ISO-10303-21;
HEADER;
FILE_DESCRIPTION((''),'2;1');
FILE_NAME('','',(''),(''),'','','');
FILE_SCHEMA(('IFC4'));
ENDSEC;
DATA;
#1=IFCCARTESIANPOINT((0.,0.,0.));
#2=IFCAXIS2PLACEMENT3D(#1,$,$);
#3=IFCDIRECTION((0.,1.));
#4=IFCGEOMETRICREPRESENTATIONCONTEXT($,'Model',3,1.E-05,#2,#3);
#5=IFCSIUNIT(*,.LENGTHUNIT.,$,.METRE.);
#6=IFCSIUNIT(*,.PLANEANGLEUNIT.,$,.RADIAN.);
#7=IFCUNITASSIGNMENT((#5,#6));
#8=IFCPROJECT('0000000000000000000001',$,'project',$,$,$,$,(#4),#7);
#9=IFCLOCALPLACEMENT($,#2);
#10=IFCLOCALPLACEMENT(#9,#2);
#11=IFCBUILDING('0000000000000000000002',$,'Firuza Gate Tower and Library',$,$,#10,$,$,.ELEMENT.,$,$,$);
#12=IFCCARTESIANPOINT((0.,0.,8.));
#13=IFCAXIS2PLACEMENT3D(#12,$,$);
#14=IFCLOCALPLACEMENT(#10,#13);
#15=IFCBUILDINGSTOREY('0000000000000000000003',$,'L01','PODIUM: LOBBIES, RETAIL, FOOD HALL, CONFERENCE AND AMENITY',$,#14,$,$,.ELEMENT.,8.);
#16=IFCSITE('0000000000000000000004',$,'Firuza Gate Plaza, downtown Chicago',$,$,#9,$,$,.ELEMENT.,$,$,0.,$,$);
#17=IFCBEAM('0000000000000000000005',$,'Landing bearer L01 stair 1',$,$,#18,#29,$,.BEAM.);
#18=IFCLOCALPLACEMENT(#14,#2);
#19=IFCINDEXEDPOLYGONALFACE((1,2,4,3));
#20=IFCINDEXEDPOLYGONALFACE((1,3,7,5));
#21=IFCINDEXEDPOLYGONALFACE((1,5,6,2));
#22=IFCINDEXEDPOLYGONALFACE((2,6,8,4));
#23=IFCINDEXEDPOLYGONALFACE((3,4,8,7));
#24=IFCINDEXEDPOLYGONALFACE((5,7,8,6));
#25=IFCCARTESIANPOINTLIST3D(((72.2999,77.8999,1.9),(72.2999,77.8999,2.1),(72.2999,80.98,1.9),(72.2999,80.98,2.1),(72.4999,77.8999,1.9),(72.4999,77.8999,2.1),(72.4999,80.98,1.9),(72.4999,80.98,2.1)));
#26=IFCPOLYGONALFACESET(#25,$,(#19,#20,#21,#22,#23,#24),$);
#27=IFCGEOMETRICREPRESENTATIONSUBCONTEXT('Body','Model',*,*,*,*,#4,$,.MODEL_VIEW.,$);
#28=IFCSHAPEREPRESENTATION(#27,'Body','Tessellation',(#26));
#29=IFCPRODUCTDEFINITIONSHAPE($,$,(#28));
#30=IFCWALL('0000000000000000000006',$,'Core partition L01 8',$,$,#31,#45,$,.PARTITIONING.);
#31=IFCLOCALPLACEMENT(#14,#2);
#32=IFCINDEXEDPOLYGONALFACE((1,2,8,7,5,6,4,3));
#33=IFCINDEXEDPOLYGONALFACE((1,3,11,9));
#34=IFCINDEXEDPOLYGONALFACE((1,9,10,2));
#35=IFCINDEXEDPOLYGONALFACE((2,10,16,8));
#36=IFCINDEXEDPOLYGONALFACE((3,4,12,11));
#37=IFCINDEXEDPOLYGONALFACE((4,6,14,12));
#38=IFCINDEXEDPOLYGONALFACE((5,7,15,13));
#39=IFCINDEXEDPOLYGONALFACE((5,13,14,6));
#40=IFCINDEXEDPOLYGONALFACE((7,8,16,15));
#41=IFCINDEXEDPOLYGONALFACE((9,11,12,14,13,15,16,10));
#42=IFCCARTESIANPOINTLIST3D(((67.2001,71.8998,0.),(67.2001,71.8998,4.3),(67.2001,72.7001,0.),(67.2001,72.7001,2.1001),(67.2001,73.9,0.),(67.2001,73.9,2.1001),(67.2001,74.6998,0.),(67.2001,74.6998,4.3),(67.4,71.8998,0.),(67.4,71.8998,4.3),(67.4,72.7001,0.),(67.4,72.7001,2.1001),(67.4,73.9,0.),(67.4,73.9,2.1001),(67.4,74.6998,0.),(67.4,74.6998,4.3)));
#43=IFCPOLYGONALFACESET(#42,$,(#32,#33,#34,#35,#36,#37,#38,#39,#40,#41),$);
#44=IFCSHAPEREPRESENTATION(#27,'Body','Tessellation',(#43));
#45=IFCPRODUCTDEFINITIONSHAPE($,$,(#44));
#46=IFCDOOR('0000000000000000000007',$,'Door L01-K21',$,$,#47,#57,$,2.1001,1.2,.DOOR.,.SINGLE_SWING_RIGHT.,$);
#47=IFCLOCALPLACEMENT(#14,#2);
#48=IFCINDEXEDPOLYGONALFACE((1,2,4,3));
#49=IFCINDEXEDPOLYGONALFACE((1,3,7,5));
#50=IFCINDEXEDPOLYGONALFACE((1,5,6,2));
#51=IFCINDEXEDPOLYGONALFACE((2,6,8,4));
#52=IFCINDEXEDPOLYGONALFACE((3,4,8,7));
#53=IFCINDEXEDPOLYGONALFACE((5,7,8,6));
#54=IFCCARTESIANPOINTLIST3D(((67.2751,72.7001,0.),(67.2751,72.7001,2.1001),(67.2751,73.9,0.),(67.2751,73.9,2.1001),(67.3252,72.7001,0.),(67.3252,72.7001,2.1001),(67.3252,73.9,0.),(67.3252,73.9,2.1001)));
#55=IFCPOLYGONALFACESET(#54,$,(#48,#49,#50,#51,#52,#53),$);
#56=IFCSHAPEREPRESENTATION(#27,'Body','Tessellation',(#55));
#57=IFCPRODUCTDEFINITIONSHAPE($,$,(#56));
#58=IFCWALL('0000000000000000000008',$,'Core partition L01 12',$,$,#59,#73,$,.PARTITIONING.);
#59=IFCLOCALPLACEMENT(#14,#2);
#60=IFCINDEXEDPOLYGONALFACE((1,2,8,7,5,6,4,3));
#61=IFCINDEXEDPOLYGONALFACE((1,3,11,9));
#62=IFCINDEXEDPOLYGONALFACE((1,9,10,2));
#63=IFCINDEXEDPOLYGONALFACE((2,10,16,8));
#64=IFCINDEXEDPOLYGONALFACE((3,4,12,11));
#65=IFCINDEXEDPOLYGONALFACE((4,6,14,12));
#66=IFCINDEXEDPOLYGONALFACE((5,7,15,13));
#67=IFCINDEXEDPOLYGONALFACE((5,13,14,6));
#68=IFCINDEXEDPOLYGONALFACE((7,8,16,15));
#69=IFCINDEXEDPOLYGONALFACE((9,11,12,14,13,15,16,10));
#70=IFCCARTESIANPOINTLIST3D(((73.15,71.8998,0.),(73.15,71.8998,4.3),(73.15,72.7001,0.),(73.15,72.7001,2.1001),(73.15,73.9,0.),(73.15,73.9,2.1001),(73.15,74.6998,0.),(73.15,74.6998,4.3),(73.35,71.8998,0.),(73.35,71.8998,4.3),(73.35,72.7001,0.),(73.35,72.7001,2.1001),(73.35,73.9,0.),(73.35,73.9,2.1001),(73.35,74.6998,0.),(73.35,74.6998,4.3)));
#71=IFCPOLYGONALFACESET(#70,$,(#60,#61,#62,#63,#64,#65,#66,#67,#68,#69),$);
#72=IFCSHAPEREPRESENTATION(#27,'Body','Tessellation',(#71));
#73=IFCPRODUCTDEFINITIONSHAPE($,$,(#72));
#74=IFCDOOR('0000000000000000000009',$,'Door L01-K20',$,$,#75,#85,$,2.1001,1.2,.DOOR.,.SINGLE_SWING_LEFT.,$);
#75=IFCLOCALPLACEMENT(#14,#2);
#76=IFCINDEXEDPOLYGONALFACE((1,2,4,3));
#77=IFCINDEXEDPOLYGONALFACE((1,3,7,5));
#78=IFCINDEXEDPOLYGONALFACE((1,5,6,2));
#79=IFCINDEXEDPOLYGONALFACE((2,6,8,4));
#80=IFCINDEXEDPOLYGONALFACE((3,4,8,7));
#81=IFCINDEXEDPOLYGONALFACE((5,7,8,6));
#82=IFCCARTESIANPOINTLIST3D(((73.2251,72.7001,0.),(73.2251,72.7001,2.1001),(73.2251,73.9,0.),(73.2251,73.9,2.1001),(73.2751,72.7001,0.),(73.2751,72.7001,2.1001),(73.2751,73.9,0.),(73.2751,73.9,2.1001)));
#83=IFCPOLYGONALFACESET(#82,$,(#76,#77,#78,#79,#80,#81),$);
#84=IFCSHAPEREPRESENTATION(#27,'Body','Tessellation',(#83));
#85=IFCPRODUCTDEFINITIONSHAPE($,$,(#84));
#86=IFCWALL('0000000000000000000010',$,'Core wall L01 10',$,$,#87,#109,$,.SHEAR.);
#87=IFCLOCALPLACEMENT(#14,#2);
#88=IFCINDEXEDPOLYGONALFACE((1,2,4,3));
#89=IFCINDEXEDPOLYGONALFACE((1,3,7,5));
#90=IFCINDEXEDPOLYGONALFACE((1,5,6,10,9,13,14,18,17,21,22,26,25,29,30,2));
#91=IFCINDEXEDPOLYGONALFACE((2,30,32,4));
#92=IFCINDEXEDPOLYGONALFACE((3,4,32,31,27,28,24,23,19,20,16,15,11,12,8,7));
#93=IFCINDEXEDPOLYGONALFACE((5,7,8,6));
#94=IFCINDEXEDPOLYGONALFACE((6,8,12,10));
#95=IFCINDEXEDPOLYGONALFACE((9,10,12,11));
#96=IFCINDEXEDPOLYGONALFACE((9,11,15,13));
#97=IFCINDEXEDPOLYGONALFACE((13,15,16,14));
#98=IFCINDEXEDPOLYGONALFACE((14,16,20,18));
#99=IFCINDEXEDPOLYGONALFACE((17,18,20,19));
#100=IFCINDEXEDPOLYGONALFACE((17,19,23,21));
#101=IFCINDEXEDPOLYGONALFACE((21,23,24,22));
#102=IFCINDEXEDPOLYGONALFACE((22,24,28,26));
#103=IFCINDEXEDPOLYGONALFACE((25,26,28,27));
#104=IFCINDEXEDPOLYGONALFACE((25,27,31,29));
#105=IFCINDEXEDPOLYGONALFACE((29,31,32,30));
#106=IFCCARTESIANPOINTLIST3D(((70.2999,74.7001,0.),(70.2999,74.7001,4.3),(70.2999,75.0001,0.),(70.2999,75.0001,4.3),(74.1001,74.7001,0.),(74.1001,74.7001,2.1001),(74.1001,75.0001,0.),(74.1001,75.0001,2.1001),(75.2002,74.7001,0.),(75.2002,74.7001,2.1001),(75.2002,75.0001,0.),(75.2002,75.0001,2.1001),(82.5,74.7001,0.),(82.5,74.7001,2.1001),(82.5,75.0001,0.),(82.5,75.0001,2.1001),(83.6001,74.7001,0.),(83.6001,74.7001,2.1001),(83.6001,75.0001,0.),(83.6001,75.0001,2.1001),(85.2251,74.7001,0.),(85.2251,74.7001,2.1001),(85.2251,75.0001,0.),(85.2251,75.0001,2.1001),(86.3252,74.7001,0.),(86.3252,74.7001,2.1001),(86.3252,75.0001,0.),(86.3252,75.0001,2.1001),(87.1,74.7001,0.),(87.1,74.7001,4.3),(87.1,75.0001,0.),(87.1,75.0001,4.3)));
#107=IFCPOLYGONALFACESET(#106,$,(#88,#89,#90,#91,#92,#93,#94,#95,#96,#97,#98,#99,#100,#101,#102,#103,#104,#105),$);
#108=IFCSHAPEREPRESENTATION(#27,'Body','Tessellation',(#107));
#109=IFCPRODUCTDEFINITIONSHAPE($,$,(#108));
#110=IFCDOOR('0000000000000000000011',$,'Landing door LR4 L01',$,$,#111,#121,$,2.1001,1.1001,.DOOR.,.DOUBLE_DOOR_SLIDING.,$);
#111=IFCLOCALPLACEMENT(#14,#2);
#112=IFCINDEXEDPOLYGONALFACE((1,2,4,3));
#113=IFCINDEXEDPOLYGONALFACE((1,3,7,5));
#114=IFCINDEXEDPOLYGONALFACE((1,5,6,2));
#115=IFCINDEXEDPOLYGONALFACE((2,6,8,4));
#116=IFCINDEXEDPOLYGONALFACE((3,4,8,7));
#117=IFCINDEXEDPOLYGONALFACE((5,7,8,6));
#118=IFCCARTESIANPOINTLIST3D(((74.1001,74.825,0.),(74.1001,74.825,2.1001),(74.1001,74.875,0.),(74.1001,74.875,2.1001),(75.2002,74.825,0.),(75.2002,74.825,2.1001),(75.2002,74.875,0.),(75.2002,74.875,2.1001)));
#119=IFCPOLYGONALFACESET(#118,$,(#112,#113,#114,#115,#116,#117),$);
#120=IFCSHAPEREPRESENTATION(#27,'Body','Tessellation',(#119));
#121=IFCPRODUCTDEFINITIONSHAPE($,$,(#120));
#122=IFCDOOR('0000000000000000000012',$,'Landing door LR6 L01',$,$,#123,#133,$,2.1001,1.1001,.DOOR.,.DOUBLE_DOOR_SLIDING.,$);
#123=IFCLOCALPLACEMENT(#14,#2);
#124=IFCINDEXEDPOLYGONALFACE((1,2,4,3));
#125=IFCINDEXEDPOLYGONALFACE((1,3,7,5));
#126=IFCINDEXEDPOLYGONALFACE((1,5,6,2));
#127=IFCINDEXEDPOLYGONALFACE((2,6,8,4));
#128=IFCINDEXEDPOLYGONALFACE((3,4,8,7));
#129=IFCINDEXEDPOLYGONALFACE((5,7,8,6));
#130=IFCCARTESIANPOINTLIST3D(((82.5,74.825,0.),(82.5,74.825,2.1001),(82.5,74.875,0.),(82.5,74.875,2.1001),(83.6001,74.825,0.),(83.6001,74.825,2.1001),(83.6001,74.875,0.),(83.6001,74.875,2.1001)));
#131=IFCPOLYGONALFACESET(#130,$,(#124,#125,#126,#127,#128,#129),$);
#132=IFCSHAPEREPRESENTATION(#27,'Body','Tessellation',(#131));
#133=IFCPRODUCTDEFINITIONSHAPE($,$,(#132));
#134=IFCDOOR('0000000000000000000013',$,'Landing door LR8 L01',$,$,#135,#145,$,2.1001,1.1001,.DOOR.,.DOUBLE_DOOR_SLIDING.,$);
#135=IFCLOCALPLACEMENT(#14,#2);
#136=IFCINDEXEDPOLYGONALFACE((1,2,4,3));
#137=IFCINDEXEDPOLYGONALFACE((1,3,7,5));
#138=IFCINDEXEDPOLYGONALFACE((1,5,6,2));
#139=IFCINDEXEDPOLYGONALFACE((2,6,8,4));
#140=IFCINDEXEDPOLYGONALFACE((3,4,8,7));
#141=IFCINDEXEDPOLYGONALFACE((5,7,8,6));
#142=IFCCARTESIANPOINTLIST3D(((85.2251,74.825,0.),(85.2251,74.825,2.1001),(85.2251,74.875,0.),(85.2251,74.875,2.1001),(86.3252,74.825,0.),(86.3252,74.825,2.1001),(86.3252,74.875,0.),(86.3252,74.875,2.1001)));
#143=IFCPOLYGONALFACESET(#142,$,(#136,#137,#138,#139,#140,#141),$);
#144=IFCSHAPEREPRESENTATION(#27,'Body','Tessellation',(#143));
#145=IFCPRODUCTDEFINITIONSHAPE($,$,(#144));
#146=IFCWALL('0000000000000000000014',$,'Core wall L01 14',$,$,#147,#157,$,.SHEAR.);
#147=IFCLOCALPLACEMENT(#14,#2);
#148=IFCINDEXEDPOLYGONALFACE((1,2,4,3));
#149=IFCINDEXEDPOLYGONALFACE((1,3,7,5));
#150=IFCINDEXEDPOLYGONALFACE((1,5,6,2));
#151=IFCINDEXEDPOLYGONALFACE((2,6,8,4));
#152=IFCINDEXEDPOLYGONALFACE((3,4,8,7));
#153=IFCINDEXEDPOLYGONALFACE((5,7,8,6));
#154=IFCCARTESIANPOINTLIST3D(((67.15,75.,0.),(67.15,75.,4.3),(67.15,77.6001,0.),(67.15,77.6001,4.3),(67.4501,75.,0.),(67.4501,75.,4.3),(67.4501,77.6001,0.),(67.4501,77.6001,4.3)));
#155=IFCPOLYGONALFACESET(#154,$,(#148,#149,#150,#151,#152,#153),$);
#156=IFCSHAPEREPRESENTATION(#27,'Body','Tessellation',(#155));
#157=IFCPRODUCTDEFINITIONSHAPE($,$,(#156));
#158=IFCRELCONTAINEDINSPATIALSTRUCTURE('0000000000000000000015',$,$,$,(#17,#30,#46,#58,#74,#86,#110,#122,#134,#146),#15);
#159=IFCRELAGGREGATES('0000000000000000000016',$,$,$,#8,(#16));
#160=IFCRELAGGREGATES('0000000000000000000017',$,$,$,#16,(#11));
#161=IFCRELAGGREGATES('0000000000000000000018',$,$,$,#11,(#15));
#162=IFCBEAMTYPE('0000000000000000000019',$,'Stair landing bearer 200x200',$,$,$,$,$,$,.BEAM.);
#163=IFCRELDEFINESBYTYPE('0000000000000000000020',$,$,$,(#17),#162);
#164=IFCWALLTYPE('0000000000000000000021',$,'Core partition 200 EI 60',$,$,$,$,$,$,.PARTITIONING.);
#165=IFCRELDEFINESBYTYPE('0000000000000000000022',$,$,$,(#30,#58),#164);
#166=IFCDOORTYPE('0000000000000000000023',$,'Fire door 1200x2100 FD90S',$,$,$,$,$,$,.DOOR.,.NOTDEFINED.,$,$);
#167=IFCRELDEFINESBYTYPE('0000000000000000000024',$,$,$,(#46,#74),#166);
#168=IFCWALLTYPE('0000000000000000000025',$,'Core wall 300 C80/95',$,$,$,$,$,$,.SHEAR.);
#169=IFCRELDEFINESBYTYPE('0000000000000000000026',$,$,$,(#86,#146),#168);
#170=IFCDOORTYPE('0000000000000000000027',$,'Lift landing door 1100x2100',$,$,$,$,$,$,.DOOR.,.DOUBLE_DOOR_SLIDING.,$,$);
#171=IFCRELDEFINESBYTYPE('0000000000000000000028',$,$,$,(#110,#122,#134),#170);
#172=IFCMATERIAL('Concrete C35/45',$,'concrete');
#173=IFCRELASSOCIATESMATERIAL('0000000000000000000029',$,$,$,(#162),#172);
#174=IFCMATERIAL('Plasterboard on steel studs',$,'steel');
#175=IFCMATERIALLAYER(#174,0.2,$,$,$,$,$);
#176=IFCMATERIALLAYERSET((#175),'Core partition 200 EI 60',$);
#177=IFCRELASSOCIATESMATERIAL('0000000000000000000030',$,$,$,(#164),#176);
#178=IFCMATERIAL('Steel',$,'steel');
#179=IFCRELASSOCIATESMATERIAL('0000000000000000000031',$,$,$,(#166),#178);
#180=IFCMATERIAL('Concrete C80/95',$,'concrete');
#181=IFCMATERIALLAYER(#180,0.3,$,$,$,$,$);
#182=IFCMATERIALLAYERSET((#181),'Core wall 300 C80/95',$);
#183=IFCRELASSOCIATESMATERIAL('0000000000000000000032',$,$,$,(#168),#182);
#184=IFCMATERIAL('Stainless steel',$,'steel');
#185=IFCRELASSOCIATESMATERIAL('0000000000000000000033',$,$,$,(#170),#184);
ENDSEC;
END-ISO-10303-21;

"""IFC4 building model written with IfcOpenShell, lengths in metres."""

from ifc_helpers import new_model, si_unit, direction, frame, frame_2d, origin, origin_2d, place, context, subcontext, project, spatial, rectangle, extrude, material, layer, layer_set, material_profile, profile_set, type_object, element, fill, save


model = new_model("IFC4")

# Units and contexts
model_context = context("Model", 3, precision=1e-05, world=origin(), true_north=direction((0.0, 1.0)))
body_context = subcontext(model_context, "Body", "Model", "MODEL_VIEW")
ifc_project = project(units=[si_unit("LENGTHUNIT", "METRE"), si_unit("PLANEANGLEUNIT", "RADIAN")], contexts=[model_context])

# Site, building, storey
site_placement = place(None, origin())
site = spatial("IfcSite", under=ifc_project, at=site_placement, Name="Firuza Gate Plaza, downtown Chicago", CompositionType="ELEMENT", RefElevation=0.0)
building_placement = place(site_placement, origin())
building = spatial("IfcBuilding", under=site, at=building_placement, Name="Firuza Gate Tower and Library", CompositionType="ELEMENT")
storey_placement = place(building_placement, frame((0.0, 0.0, 8.0)))
storey = spatial("IfcBuildingStorey", under=building, at=storey_placement, Name="L01", Description="PODIUM: LOBBIES, RETAIL, FOOD HALL, CONFERENCE AND AMENITY", CompositionType="ELEMENT", Elevation=8.0)

# Beam
ifc_material_1 = material(Name="Concrete C35/45", Category="concrete")
ifc_material_profile = material_profile(ifc_material_1, rectangle(XDim=0.2, YDim=0.2, at=origin_2d()))
ifc_profile_set = profile_set([ifc_material_profile], Name="Concrete C35/45")
beam_type = type_object("IfcBeamType", Name="Stair landing bearer 200x200", PredefinedType="BEAM", material=ifc_profile_set)
beam_placement = place(storey_placement, frame((72.3999, 77.8999, 2.0), z_axis=(0.0, 1.0, 0.0), x_axis=(-1.0, 0.0, 0.0)))
element("IfcBeam", 1, at=beam_placement, inside=storey, type_object=beam_type, Name="Landing bearer L01 stair 1", PredefinedType="BEAM", context=body_context, shape_type="SweptSolid", body=[
    extrude(rectangle(XDim=0.2, YDim=0.2, at=origin_2d()), origin(), (0.0, 0.0, 1.0), 3.0801),
])

# Walls, openings, doors
ifc_material_2 = material(Name="Plasterboard on steel studs", Category="steel")
ifc_layer_1 = layer(ifc_material_2, 0.2)
ifc_layer_set_1 = layer_set([ifc_layer_1], Name="Core partition 200 EI 60")
wall_type_1 = type_object("IfcWallType", Name="Core partition 200 EI 60", PredefinedType="PARTITIONING", material=ifc_layer_set_1)
wall_1_placement = place(storey_placement, frame((67.3, 71.8999, 0.0), z_axis=(0.0, 0.0, 1.0), x_axis=(0.0, 1.0, 0.0)))
wall_1 = element("IfcWall", 2, at=wall_1_placement, inside=storey, type_object=wall_type_1, Name="Core partition L01 8", PredefinedType="PARTITIONING", context=body_context, shape_type="SweptSolid", body=[
    extrude(rectangle(XDim=2.8, YDim=0.2, at=frame_2d((1.3999, 0.0))), origin(), (0.0, 0.0, 1.0), 4.3),
])
opening_1_placement = place(wall_1_placement, frame((0.8, 0.0, 0.0)))
opening_1 = element("IfcOpeningElement", 3, at=opening_1_placement, cuts=wall_1, PredefinedType="OPENING", context=body_context, shape_type="SweptSolid", body=[
    extrude(rectangle(XDim=1.2, YDim=2.1001, at=frame_2d((0.6001, 1.05))), frame((0.0, 0.1099, 0.0), z_axis=(0.0, -1.0, 0.0), x_axis=(1.0, 0.0, 0.0)), (0.0, 0.0, 1.0), 0.22),
])
ifc_material_3 = material(Name="Steel", Category="steel")
door_type_1 = type_object("IfcDoorType", Name="Fire door 1200x2100 FD90S", OperationType="NOTDEFINED", PredefinedType="DOOR", material=ifc_material_3)
door_1_placement = place(opening_1_placement, origin())
door_1 = element("IfcDoor", 4, at=door_1_placement, inside=storey, type_object=door_type_1, Name="Door L01-K21", OperationType="SINGLE_SWING_RIGHT", OverallHeight=2.1001, OverallWidth=1.2, PredefinedType="DOOR", context=body_context, shape_type="SweptSolid", body=[
    extrude(rectangle(XDim=1.2, YDim=2.1001, at=frame_2d((0.6001, 1.05))), frame((0.0, 0.0249, 0.0), z_axis=(0.0, -1.0, 0.0), x_axis=(1.0, 0.0, 0.0)), (0.0, 0.0, 1.0), 0.05),
])
fill(opening_1, door_1)
wall_2_placement = place(storey_placement, frame((73.25, 71.8999, 0.0), z_axis=(0.0, 0.0, 1.0), x_axis=(0.0, 1.0, 0.0)))
wall_2 = element("IfcWall", 5, at=wall_2_placement, inside=storey, type_object=wall_type_1, Name="Core partition L01 12", PredefinedType="PARTITIONING", context=body_context, shape_type="SweptSolid", body=[
    extrude(rectangle(XDim=2.8, YDim=0.2, at=frame_2d((1.3999, 0.0))), origin(), (0.0, 0.0, 1.0), 4.3),
])
opening_2_placement = place(wall_2_placement, frame((0.8, 0.0, 0.0)))
opening_2 = element("IfcOpeningElement", 6, at=opening_2_placement, cuts=wall_2, PredefinedType="OPENING", context=body_context, shape_type="SweptSolid", body=[
    extrude(rectangle(XDim=1.2, YDim=2.1001, at=frame_2d((0.6001, 1.05))), frame((0.0, 0.1099, 0.0), z_axis=(0.0, -1.0, 0.0), x_axis=(1.0, 0.0, 0.0)), (0.0, 0.0, 1.0), 0.22),
])
door_2_placement = place(opening_2_placement, origin())
door_2 = element("IfcDoor", 7, at=door_2_placement, inside=storey, type_object=door_type_1, Name="Door L01-K20", OperationType="SINGLE_SWING_LEFT", OverallHeight=2.1001, OverallWidth=1.2, PredefinedType="DOOR", context=body_context, shape_type="SweptSolid", body=[
    extrude(rectangle(XDim=1.2, YDim=2.1001, at=frame_2d((0.6001, 1.05))), frame((0.0, 0.0249, 0.0), z_axis=(0.0, -1.0, 0.0), x_axis=(1.0, 0.0, 0.0)), (0.0, 0.0, 1.0), 0.05),
])
fill(opening_2, door_2)

# Wall, openings, doors
ifc_material_4 = material(Name="Concrete C80/95", Category="concrete")
ifc_layer_2 = layer(ifc_material_4, 0.3)
ifc_layer_set_2 = layer_set([ifc_layer_2], Name="Core wall 300 C80/95")
wall_type_2 = type_object("IfcWallType", Name="Core wall 300 C80/95", PredefinedType="SHEAR", material=ifc_layer_set_2)
wall_3_placement = place(storey_placement, frame((70.3, 74.8501, 0.0), z_axis=(0.0, 0.0, 1.0), x_axis=(1.0, 0.0, 0.0)))
wall_3 = element("IfcWall", 8, at=wall_3_placement, inside=storey, type_object=wall_type_2, Name="Core wall L01 10", PredefinedType="SHEAR", context=body_context, shape_type="SweptSolid", body=[
    extrude(rectangle(XDim=16.8, YDim=0.3, at=frame_2d((8.3999, 0.0))), origin(), (0.0, 0.0, 1.0), 4.3),
])
opening_3_placement = place(wall_3_placement, frame((3.8, 0.0, 0.0)))
opening_3 = element("IfcOpeningElement", 9, at=opening_3_placement, cuts=wall_3, PredefinedType="OPENING", context=body_context, shape_type="SweptSolid", body=[
    extrude(rectangle(XDim=1.1001, YDim=2.1001, at=frame_2d((0.55, 1.05))), frame((0.0, 0.1602, 0.0), z_axis=(0.0, -1.0, 0.0), x_axis=(1.0, 0.0, 0.0)), (0.0, 0.0, 1.0), 0.3201),
])
opening_4_placement = place(wall_3_placement, frame((12.2, 0.0, 0.0)))
opening_4 = element("IfcOpeningElement", 10, at=opening_4_placement, cuts=wall_3, PredefinedType="OPENING", context=body_context, shape_type="SweptSolid", body=[
    extrude(rectangle(XDim=1.1001, YDim=2.1001, at=frame_2d((0.55, 1.05))), frame((0.0, 0.1602, 0.0), z_axis=(0.0, -1.0, 0.0), x_axis=(1.0, 0.0, 0.0)), (0.0, 0.0, 1.0), 0.3201),
])
opening_5_placement = place(wall_3_placement, frame((14.925, 0.0, 0.0)))
opening_5 = element("IfcOpeningElement", 11, at=opening_5_placement, cuts=wall_3, PredefinedType="OPENING", context=body_context, shape_type="SweptSolid", body=[
    extrude(rectangle(XDim=1.1001, YDim=2.1001, at=frame_2d((0.55, 1.05))), frame((0.0, 0.1602, 0.0), z_axis=(0.0, -1.0, 0.0), x_axis=(1.0, 0.0, 0.0)), (0.0, 0.0, 1.0), 0.3201),
])
ifc_material_5 = material(Name="Stainless steel", Category="steel")
door_type_2 = type_object("IfcDoorType", Name="Lift landing door 1100x2100", OperationType="DOUBLE_DOOR_SLIDING", PredefinedType="DOOR", material=ifc_material_5)
door_3_placement = place(opening_3_placement, origin())
door_3 = element("IfcDoor", 12, at=door_3_placement, inside=storey, type_object=door_type_2, Name="Landing door LR4 L01", OperationType="DOUBLE_DOOR_SLIDING", OverallHeight=2.1001, OverallWidth=1.1001, PredefinedType="DOOR", context=body_context, shape_type="SweptSolid", body=[
    extrude(rectangle(XDim=1.1001, YDim=2.1001, at=frame_2d((0.55, 1.05))), frame((0.0, 0.0249, 0.0), z_axis=(0.0, -1.0, 0.0), x_axis=(1.0, 0.0, 0.0)), (0.0, 0.0, 1.0), 0.05),
])
fill(opening_3, door_3)
door_4_placement = place(opening_4_placement, origin())
door_4 = element("IfcDoor", 13, at=door_4_placement, inside=storey, type_object=door_type_2, Name="Landing door LR6 L01", OperationType="DOUBLE_DOOR_SLIDING", OverallHeight=2.1001, OverallWidth=1.1001, PredefinedType="DOOR", context=body_context, shape_type="SweptSolid", body=[
    extrude(rectangle(XDim=1.1001, YDim=2.1001, at=frame_2d((0.55, 1.05))), frame((0.0, 0.0249, 0.0), z_axis=(0.0, -1.0, 0.0), x_axis=(1.0, 0.0, 0.0)), (0.0, 0.0, 1.0), 0.05),
])
fill(opening_4, door_4)
door_5_placement = place(opening_5_placement, origin())
door_5 = element("IfcDoor", 14, at=door_5_placement, inside=storey, type_object=door_type_2, Name="Landing door LR8 L01", OperationType="DOUBLE_DOOR_SLIDING", OverallHeight=2.1001, OverallWidth=1.1001, PredefinedType="DOOR", context=body_context, shape_type="SweptSolid", body=[
    extrude(rectangle(XDim=1.1001, YDim=2.1001, at=frame_2d((0.55, 1.05))), frame((0.0, 0.0249, 0.0), z_axis=(0.0, -1.0, 0.0), x_axis=(1.0, 0.0, 0.0)), (0.0, 0.0, 1.0), 0.05),
])
fill(opening_5, door_5)

# Wall
wall_4_placement = place(storey_placement, frame((67.3, 75.0, 0.0), z_axis=(0.0, 0.0, 1.0), x_axis=(0.0, 1.0, 0.0)))
element("IfcWall", 15, at=wall_4_placement, inside=storey, type_object=wall_type_2, Name="Core wall L01 14", PredefinedType="SHEAR", context=body_context, shape_type="SweptSolid", body=[
    extrude(rectangle(XDim=2.6001, YDim=0.3, at=frame_2d((1.3, 0.0))), origin(), (0.0, 0.0, 1.0), 4.3),
])

save(model, "model.ifc")
